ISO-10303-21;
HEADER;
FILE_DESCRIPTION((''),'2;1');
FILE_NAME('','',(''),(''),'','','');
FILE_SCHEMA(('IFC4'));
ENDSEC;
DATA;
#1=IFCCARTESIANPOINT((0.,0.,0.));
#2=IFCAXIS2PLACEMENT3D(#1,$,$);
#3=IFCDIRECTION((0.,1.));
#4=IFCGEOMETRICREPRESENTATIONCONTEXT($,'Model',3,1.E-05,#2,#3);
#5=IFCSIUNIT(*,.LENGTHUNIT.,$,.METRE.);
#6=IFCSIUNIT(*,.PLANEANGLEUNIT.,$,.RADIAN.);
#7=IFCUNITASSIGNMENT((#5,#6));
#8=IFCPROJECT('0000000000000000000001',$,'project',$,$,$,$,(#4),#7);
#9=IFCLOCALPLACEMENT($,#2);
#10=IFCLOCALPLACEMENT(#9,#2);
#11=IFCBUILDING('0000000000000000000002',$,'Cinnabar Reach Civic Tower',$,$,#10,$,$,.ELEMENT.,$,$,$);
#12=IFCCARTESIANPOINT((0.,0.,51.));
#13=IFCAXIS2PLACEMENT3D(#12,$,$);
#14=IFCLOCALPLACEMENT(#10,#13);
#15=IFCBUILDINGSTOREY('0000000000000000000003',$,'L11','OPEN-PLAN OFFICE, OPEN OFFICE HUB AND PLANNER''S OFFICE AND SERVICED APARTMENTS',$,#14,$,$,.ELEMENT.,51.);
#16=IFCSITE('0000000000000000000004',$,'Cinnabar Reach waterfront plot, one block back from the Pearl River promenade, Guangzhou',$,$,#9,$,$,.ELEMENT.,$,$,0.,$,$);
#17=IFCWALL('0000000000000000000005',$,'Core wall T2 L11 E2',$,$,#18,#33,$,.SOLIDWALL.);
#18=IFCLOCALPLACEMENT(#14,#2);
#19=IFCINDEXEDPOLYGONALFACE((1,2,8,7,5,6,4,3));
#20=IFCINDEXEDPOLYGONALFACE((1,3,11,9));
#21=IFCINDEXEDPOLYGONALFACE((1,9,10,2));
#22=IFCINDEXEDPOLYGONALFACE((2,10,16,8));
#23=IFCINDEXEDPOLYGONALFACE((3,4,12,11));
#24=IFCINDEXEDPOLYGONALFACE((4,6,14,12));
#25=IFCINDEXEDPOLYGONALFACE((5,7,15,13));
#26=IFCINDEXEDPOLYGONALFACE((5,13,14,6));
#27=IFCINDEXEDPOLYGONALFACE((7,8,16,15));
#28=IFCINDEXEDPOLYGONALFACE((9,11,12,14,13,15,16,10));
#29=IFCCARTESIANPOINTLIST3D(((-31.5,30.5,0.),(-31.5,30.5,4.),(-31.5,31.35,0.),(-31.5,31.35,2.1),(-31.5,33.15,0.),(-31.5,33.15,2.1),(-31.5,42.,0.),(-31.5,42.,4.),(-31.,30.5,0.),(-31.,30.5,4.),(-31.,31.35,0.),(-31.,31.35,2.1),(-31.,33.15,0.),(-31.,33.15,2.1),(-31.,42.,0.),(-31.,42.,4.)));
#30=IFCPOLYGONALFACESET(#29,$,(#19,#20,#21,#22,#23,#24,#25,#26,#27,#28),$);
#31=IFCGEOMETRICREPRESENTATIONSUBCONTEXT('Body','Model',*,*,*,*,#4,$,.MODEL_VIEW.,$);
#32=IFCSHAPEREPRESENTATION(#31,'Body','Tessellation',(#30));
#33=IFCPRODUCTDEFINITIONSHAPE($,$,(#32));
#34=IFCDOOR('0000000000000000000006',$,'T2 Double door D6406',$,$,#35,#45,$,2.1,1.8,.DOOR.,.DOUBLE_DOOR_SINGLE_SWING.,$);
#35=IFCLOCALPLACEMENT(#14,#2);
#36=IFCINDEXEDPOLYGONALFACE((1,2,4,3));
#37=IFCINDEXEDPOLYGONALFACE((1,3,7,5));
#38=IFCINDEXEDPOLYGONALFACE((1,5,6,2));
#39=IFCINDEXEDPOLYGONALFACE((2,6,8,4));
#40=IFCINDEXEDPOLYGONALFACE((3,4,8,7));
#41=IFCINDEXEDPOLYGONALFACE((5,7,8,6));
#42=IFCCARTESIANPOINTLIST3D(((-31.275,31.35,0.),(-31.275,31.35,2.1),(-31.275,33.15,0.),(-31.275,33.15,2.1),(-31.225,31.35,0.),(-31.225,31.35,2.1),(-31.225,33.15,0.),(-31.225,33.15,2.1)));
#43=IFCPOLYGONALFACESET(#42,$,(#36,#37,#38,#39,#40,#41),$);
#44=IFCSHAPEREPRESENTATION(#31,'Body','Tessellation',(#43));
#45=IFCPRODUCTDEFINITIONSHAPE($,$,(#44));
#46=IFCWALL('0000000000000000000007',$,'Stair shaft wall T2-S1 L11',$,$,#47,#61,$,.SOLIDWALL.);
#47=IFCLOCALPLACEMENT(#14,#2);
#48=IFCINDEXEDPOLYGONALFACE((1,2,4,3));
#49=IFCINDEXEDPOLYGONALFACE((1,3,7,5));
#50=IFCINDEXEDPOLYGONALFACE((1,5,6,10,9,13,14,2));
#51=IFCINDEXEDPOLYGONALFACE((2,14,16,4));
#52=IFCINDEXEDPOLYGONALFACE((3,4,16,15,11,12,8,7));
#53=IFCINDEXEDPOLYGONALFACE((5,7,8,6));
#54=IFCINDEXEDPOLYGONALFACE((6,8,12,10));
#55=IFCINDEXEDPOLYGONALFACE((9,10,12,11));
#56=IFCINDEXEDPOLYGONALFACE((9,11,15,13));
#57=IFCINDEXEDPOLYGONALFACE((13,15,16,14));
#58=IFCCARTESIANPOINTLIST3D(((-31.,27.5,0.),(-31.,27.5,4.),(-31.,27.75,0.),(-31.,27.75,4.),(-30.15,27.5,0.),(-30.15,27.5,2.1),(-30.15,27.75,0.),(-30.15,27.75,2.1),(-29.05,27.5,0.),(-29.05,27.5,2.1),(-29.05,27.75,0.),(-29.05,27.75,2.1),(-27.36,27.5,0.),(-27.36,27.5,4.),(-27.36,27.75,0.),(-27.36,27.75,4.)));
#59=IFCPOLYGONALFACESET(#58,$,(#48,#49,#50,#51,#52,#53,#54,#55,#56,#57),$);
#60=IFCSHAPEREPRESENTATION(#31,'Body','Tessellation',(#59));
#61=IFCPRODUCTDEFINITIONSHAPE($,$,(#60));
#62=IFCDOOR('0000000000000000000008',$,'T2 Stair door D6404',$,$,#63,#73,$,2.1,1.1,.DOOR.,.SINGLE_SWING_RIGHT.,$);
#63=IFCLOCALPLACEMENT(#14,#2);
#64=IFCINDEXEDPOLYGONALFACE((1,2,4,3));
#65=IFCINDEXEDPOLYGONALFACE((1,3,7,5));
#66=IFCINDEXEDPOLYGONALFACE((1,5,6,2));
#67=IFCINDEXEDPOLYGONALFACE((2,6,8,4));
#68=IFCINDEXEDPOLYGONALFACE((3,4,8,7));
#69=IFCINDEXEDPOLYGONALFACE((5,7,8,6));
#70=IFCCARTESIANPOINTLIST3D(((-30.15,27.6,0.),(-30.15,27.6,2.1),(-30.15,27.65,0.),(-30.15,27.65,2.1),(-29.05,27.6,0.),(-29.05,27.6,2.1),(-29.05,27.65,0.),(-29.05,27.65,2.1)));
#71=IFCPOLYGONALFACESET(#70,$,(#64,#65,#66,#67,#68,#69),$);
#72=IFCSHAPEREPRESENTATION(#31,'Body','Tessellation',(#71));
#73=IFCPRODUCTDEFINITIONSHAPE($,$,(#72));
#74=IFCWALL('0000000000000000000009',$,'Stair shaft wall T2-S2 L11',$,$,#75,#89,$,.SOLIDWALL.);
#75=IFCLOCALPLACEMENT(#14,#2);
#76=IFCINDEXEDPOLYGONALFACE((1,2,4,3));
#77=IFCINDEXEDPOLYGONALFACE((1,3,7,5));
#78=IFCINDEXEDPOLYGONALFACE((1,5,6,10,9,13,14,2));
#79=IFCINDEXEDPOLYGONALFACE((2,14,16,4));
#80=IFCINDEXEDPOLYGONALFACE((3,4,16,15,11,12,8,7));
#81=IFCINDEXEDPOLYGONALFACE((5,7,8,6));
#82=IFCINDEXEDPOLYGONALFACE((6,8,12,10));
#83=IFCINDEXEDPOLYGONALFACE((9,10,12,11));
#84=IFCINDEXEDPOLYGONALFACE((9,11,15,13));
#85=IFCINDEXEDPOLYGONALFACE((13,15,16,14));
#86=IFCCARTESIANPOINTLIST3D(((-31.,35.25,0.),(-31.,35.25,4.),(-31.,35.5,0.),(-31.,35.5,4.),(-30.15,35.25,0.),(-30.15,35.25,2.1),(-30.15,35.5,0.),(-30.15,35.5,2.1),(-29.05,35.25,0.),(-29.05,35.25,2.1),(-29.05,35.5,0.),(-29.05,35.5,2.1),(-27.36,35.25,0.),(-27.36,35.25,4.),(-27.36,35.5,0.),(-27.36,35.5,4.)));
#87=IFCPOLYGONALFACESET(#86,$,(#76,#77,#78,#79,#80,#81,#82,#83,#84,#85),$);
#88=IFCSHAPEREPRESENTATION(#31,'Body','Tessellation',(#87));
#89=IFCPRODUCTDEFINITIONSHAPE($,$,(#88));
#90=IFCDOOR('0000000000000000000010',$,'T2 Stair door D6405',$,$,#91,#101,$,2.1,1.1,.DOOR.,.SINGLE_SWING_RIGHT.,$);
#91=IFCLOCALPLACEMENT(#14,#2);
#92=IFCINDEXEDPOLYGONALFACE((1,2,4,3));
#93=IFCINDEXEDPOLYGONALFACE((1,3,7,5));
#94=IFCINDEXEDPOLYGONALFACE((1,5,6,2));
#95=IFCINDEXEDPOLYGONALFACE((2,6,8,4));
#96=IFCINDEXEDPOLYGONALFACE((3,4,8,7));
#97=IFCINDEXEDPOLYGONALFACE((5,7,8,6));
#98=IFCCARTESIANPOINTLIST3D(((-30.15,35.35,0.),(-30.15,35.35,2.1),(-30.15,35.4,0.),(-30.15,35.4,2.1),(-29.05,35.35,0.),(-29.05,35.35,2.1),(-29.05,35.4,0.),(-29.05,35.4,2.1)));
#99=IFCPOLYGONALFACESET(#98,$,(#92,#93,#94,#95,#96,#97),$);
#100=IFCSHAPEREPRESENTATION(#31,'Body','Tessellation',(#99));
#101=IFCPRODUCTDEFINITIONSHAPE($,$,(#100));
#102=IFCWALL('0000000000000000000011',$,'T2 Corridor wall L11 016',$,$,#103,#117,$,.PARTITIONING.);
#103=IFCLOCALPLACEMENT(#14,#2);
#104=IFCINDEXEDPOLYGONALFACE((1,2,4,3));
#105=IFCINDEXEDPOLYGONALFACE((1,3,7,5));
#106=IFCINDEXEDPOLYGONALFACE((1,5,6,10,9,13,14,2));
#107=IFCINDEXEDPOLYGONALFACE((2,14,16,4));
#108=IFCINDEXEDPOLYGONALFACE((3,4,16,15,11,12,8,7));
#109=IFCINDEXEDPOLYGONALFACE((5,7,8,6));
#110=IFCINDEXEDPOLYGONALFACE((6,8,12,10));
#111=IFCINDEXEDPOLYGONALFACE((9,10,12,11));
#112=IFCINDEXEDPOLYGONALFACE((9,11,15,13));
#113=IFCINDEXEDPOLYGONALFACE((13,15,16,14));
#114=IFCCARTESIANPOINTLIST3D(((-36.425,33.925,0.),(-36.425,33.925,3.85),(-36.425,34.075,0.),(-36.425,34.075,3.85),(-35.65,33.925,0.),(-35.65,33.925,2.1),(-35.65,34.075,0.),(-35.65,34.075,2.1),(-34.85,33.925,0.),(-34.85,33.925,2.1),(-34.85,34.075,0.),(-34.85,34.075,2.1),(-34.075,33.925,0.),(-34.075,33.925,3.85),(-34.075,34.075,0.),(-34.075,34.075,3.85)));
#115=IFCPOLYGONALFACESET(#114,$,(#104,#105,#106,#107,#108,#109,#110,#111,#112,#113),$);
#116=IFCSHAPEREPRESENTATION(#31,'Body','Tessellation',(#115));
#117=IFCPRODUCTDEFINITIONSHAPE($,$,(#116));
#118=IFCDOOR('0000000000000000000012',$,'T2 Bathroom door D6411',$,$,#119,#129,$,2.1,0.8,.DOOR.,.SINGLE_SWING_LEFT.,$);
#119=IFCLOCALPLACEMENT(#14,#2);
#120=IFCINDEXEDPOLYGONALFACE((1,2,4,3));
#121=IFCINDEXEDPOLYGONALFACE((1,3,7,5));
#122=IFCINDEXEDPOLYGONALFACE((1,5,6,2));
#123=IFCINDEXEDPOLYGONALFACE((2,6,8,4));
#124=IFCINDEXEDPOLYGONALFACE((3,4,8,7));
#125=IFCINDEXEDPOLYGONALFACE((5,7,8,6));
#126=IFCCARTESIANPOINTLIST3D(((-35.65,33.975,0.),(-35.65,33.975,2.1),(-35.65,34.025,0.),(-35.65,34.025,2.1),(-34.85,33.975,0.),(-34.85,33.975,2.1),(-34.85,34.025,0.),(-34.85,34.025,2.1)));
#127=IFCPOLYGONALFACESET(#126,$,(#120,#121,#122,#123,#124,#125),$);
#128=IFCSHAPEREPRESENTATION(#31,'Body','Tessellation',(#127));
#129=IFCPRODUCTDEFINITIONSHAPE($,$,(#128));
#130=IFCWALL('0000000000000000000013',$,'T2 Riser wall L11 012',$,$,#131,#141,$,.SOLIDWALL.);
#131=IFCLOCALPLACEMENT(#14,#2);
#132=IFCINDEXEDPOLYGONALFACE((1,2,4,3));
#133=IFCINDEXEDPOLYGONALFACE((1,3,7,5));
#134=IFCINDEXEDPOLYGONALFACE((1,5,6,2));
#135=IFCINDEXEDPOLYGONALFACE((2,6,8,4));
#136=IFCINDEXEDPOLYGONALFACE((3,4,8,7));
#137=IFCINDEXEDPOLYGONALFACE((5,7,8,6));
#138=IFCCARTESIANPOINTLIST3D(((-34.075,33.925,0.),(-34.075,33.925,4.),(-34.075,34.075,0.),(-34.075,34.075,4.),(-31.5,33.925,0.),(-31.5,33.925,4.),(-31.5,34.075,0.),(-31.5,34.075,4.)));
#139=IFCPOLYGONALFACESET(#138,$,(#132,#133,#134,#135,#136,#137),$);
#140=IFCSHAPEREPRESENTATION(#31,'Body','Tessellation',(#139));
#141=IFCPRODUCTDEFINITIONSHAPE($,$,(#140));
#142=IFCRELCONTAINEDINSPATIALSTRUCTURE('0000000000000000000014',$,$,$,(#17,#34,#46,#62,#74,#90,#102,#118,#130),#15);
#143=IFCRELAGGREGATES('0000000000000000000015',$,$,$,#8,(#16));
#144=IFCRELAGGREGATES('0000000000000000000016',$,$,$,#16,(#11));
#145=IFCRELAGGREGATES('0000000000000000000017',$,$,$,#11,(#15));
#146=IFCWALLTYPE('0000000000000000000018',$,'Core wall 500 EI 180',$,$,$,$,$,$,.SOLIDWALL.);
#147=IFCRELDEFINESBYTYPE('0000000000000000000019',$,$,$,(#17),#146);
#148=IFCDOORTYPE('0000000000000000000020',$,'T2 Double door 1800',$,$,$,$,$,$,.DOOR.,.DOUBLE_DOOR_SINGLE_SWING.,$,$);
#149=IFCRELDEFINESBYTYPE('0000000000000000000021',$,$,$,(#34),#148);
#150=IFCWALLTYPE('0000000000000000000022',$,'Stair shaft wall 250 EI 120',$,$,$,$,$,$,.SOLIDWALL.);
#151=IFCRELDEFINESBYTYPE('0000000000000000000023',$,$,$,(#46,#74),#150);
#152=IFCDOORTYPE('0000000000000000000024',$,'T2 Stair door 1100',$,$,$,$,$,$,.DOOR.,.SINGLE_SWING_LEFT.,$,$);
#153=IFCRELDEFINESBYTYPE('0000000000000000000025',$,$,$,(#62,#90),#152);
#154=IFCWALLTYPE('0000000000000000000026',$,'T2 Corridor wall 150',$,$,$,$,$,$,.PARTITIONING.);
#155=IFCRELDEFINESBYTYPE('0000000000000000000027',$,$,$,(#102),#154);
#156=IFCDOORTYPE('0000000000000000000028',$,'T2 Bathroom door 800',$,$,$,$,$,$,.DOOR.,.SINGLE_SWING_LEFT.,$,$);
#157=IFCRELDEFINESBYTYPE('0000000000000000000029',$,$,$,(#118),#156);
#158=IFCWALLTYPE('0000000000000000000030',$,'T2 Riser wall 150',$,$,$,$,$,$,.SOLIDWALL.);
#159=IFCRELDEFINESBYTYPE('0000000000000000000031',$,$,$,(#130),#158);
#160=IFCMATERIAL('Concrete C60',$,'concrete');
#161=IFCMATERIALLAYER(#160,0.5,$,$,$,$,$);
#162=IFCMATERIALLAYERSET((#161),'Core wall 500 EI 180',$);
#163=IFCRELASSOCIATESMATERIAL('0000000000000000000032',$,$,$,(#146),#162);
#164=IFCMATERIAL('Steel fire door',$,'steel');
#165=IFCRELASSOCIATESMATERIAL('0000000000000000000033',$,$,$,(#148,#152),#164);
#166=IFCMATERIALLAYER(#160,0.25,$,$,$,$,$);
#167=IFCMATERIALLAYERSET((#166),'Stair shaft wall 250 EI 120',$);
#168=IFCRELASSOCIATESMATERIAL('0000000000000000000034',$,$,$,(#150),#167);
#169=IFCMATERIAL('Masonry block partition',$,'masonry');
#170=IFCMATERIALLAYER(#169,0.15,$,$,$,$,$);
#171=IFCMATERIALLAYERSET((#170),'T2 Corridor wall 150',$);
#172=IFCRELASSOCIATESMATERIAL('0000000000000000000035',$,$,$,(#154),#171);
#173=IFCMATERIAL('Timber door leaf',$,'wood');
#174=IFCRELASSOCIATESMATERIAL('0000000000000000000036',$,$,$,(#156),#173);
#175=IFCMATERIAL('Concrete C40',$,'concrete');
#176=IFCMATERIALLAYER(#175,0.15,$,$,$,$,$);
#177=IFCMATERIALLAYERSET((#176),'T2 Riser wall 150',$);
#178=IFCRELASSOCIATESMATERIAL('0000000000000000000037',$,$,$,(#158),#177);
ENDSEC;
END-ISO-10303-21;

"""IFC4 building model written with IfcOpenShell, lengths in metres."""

from ifc_helpers import new_model, si_unit, direction, frame, frame_2d, origin, place, context, subcontext, project, spatial, rectangle, extrude, material, layer, layer_set, type_object, element, fill, save


model = new_model("IFC4")

# Units and contexts
model_context = context("Model", 3, precision=1e-05, world=origin(), true_north=direction((0.0, 1.0)))
body_context = subcontext(model_context, "Body", "Model", "MODEL_VIEW")
ifc_project = project(units=[si_unit("LENGTHUNIT", "METRE"), si_unit("PLANEANGLEUNIT", "RADIAN")], contexts=[model_context])

# Site, building, storey
site_placement = place(None, origin())
site = spatial("IfcSite", under=ifc_project, at=site_placement, Name="Cinnabar Reach waterfront plot, one block back from the Pearl River promenade, Guangzhou", CompositionType="ELEMENT", RefElevation=0.0)
building_placement = place(site_placement, origin())
building = spatial("IfcBuilding", under=site, at=building_placement, Name="Cinnabar Reach Civic Tower", CompositionType="ELEMENT")
storey_placement = place(building_placement, frame((0.0, 0.0, 51.0)))
storey = spatial("IfcBuildingStorey", under=building, at=storey_placement, Name="L11", Description="OPEN-PLAN OFFICE, OPEN OFFICE HUB AND PLANNER'S OFFICE AND SERVICED APARTMENTS", CompositionType="ELEMENT", Elevation=51.0)

# Shared definitions
ifc_material_1 = material(Name="Concrete C60", Category="concrete")

# Walls, openings, doors
ifc_layer_1 = layer(ifc_material_1, 0.5)
ifc_layer_set_1 = layer_set([ifc_layer_1], Name="Core wall 500 EI 180")
wall_type_1 = type_object("IfcWallType", Name="Core wall 500 EI 180", PredefinedType="SOLIDWALL", material=ifc_layer_set_1)
wall_1_placement = place(storey_placement, frame((-31.25, 30.5, 0.0), z_axis=(0.0, 0.0, 1.0), x_axis=(0.0, 1.0, 0.0)))
wall_1 = element("IfcWall", 1, at=wall_1_placement, inside=storey, type_object=wall_type_1, Name="Core wall T2 L11 E2", PredefinedType="SOLIDWALL", context=body_context, shape_type="SweptSolid", body=[
    extrude(rectangle(XDim=11.5, YDim=0.5, at=frame_2d((5.75, 0.0))), origin(), (0.0, 0.0, 1.0), 4.0),
])
opening_1_placement = place(wall_1_placement, frame((0.85, 0.0, 0.0)))
opening_1 = element("IfcOpeningElement", 2, at=opening_1_placement, cuts=wall_1, PredefinedType="OPENING", context=body_context, shape_type="SweptSolid", body=[
    extrude(rectangle(XDim=1.8, YDim=2.1, at=frame_2d((0.9, 1.05))), frame((0.0, 0.26, 0.0), z_axis=(0.0, -1.0, 0.0), x_axis=(1.0, 0.0, 0.0)), (0.0, 0.0, 1.0), 0.52),
])
ifc_material_2 = material(Name="Steel fire door", Category="steel")
door_type_1 = type_object("IfcDoorType", Name="T2 Double door 1800", OperationType="DOUBLE_DOOR_SINGLE_SWING", PredefinedType="DOOR", material=ifc_material_2)
door_1_placement = place(opening_1_placement, origin())
door_1 = element("IfcDoor", 3, at=door_1_placement, inside=storey, type_object=door_type_1, Name="T2 Double door D6406", OperationType="DOUBLE_DOOR_SINGLE_SWING", OverallHeight=2.1, OverallWidth=1.8, PredefinedType="DOOR", context=body_context, shape_type="SweptSolid", body=[
    extrude(rectangle(XDim=1.8, YDim=2.1, at=frame_2d((0.9, 1.05))), frame((0.0, 0.025, 0.0), z_axis=(0.0, -1.0, 0.0), x_axis=(1.0, 0.0, 0.0)), (0.0, 0.0, 1.0), 0.05),
])
fill(opening_1, door_1)
ifc_layer_2 = layer(ifc_material_1, 0.25)
ifc_layer_set_2 = layer_set([ifc_layer_2], Name="Stair shaft wall 250 EI 120")
wall_type_2 = type_object("IfcWallType", Name="Stair shaft wall 250 EI 120", PredefinedType="SOLIDWALL", material=ifc_layer_set_2)
wall_2_placement = place(storey_placement, frame((-27.36, 27.625, 0.0), z_axis=(0.0, 0.0, 1.0), x_axis=(-1.0, 0.0, 0.0)))
wall_2 = element("IfcWall", 4, at=wall_2_placement, inside=storey, type_object=wall_type_2, Name="Stair shaft wall T2-S1 L11", PredefinedType="SOLIDWALL", context=body_context, shape_type="SweptSolid", body=[
    extrude(rectangle(XDim=3.64, YDim=0.25, at=frame_2d((1.82, 0.0))), origin(), (0.0, 0.0, 1.0), 4.0),
])
opening_2_placement = place(wall_2_placement, frame((1.69, 0.0, 0.0)))
opening_2 = element("IfcOpeningElement", 5, at=opening_2_placement, cuts=wall_2, PredefinedType="OPENING", context=body_context, shape_type="SweptSolid", body=[
    extrude(rectangle(XDim=1.1, YDim=2.1, at=frame_2d((0.55, 1.05))), frame((0.0, 0.135, 0.0), z_axis=(0.0, -1.0, 0.0), x_axis=(1.0, 0.0, 0.0)), (0.0, 0.0, 1.0), 0.27),
])
door_type_2 = type_object("IfcDoorType", Name="T2 Stair door 1100", OperationType="SINGLE_SWING_LEFT", PredefinedType="DOOR", material=ifc_material_2)
door_2_placement = place(opening_2_placement, origin())
door_2 = element("IfcDoor", 6, at=door_2_placement, inside=storey, type_object=door_type_2, Name="T2 Stair door D6404", OperationType="SINGLE_SWING_RIGHT", OverallHeight=2.1, OverallWidth=1.1, PredefinedType="DOOR", context=body_context, shape_type="SweptSolid", body=[
    extrude(rectangle(XDim=1.1, YDim=2.1, at=frame_2d((0.55, 1.05))), frame((0.0, 0.025, 0.0), z_axis=(0.0, -1.0, 0.0), x_axis=(1.0, 0.0, 0.0)), (0.0, 0.0, 1.0), 0.05),
])
fill(opening_2, door_2)
wall_3_placement = place(storey_placement, frame((-31.0, 35.375, 0.0), z_axis=(0.0, 0.0, 1.0), x_axis=(1.0, 0.0, 0.0)))
wall_3 = element("IfcWall", 7, at=wall_3_placement, inside=storey, type_object=wall_type_2, Name="Stair shaft wall T2-S2 L11", PredefinedType="SOLIDWALL", context=body_context, shape_type="SweptSolid", body=[
    extrude(rectangle(XDim=3.64, YDim=0.25, at=frame_2d((1.82, 0.0))), origin(), (0.0, 0.0, 1.0), 4.0),
])
opening_3_placement = place(wall_3_placement, frame((0.85, 0.0, 0.0)))
opening_3 = element("IfcOpeningElement", 8, at=opening_3_placement, cuts=wall_3, PredefinedType="OPENING", context=body_context, shape_type="SweptSolid", body=[
    extrude(rectangle(XDim=1.1, YDim=2.1, at=frame_2d((0.55, 1.05))), frame((0.0, 0.135, 0.0), z_axis=(0.0, -1.0, 0.0), x_axis=(1.0, 0.0, 0.0)), (0.0, 0.0, 1.0), 0.27),
])
door_3_placement = place(opening_3_placement, origin())
door_3 = element("IfcDoor", 9, at=door_3_placement, inside=storey, type_object=door_type_2, Name="T2 Stair door D6405", OperationType="SINGLE_SWING_RIGHT", OverallHeight=2.1, OverallWidth=1.1, PredefinedType="DOOR", context=body_context, shape_type="SweptSolid", body=[
    extrude(rectangle(XDim=1.1, YDim=2.1, at=frame_2d((0.55, 1.05))), frame((0.0, 0.025, 0.0), z_axis=(0.0, -1.0, 0.0), x_axis=(1.0, 0.0, 0.0)), (0.0, 0.0, 1.0), 0.05),
])
fill(opening_3, door_3)
ifc_material_3 = material(Name="Masonry block partition", Category="masonry")
ifc_layer_3 = layer(ifc_material_3, 0.15)
ifc_layer_set_3 = layer_set([ifc_layer_3], Name="T2 Corridor wall 150")
wall_type_3 = type_object("IfcWallType", Name="T2 Corridor wall 150", PredefinedType="PARTITIONING", material=ifc_layer_set_3)
wall_4_placement = place(storey_placement, frame((-34.075, 34.0, 0.0), z_axis=(0.0, 0.0, 1.0), x_axis=(-1.0, 0.0, 0.0)))
wall_4 = element("IfcWall", 10, at=wall_4_placement, inside=storey, type_object=wall_type_3, Name="T2 Corridor wall L11 016", PredefinedType="PARTITIONING", context=body_context, shape_type="SweptSolid", body=[
    extrude(rectangle(XDim=2.35, YDim=0.15, at=frame_2d((1.175, 0.0))), origin(), (0.0, 0.0, 1.0), 3.85),
])
opening_4_placement = place(wall_4_placement, frame((0.775, 0.0, 0.0)))
opening_4 = element("IfcOpeningElement", 11, at=opening_4_placement, cuts=wall_4, PredefinedType="OPENING", context=body_context, shape_type="SweptSolid", body=[
    extrude(rectangle(XDim=0.8, YDim=2.1, at=frame_2d((0.4, 1.05))), frame((0.0, 0.085, 0.0), z_axis=(0.0, -1.0, 0.0), x_axis=(1.0, 0.0, 0.0)), (0.0, 0.0, 1.0), 0.17),
])
ifc_material_4 = material(Name="Timber door leaf", Category="wood")
door_type_3 = type_object("IfcDoorType", Name="T2 Bathroom door 800", OperationType="SINGLE_SWING_LEFT", PredefinedType="DOOR", material=ifc_material_4)
door_4_placement = place(opening_4_placement, frame((0.8, 0.0, 0.0), z_axis=(0.0, 0.0, 1.0), x_axis=(-1.0, 0.0, 0.0)))
door_4 = element("IfcDoor", 12, at=door_4_placement, inside=storey, type_object=door_type_3, Name="T2 Bathroom door D6411", OperationType="SINGLE_SWING_LEFT", OverallHeight=2.1, OverallWidth=0.8, PredefinedType="DOOR", context=body_context, shape_type="SweptSolid", body=[
    extrude(rectangle(XDim=0.8, YDim=2.1, at=frame_2d((0.4, 1.05))), frame((0.0, 0.025, 0.0), z_axis=(0.0, -1.0, 0.0), x_axis=(1.0, 0.0, 0.0)), (0.0, 0.0, 1.0), 0.05),
])
fill(opening_4, door_4)

# Wall
ifc_material_5 = material(Name="Concrete C40", Category="concrete")
ifc_layer_4 = layer(ifc_material_5, 0.15)
ifc_layer_set_4 = layer_set([ifc_layer_4], Name="T2 Riser wall 150")
wall_type_4 = type_object("IfcWallType", Name="T2 Riser wall 150", PredefinedType="SOLIDWALL", material=ifc_layer_set_4)
wall_5_placement = place(storey_placement, frame((-34.075, 34.0, 0.0), z_axis=(0.0, 0.0, 1.0), x_axis=(1.0, 0.0, 0.0)))
element("IfcWall", 13, at=wall_5_placement, inside=storey, type_object=wall_type_4, Name="T2 Riser wall L11 012", PredefinedType="SOLIDWALL", context=body_context, shape_type="SweptSolid", body=[
    extrude(rectangle(XDim=2.575, YDim=0.15, at=frame_2d((1.2875, 0.0))), origin(), (0.0, 0.0, 1.0), 4.0),
])

save(model, "model.ifc")
